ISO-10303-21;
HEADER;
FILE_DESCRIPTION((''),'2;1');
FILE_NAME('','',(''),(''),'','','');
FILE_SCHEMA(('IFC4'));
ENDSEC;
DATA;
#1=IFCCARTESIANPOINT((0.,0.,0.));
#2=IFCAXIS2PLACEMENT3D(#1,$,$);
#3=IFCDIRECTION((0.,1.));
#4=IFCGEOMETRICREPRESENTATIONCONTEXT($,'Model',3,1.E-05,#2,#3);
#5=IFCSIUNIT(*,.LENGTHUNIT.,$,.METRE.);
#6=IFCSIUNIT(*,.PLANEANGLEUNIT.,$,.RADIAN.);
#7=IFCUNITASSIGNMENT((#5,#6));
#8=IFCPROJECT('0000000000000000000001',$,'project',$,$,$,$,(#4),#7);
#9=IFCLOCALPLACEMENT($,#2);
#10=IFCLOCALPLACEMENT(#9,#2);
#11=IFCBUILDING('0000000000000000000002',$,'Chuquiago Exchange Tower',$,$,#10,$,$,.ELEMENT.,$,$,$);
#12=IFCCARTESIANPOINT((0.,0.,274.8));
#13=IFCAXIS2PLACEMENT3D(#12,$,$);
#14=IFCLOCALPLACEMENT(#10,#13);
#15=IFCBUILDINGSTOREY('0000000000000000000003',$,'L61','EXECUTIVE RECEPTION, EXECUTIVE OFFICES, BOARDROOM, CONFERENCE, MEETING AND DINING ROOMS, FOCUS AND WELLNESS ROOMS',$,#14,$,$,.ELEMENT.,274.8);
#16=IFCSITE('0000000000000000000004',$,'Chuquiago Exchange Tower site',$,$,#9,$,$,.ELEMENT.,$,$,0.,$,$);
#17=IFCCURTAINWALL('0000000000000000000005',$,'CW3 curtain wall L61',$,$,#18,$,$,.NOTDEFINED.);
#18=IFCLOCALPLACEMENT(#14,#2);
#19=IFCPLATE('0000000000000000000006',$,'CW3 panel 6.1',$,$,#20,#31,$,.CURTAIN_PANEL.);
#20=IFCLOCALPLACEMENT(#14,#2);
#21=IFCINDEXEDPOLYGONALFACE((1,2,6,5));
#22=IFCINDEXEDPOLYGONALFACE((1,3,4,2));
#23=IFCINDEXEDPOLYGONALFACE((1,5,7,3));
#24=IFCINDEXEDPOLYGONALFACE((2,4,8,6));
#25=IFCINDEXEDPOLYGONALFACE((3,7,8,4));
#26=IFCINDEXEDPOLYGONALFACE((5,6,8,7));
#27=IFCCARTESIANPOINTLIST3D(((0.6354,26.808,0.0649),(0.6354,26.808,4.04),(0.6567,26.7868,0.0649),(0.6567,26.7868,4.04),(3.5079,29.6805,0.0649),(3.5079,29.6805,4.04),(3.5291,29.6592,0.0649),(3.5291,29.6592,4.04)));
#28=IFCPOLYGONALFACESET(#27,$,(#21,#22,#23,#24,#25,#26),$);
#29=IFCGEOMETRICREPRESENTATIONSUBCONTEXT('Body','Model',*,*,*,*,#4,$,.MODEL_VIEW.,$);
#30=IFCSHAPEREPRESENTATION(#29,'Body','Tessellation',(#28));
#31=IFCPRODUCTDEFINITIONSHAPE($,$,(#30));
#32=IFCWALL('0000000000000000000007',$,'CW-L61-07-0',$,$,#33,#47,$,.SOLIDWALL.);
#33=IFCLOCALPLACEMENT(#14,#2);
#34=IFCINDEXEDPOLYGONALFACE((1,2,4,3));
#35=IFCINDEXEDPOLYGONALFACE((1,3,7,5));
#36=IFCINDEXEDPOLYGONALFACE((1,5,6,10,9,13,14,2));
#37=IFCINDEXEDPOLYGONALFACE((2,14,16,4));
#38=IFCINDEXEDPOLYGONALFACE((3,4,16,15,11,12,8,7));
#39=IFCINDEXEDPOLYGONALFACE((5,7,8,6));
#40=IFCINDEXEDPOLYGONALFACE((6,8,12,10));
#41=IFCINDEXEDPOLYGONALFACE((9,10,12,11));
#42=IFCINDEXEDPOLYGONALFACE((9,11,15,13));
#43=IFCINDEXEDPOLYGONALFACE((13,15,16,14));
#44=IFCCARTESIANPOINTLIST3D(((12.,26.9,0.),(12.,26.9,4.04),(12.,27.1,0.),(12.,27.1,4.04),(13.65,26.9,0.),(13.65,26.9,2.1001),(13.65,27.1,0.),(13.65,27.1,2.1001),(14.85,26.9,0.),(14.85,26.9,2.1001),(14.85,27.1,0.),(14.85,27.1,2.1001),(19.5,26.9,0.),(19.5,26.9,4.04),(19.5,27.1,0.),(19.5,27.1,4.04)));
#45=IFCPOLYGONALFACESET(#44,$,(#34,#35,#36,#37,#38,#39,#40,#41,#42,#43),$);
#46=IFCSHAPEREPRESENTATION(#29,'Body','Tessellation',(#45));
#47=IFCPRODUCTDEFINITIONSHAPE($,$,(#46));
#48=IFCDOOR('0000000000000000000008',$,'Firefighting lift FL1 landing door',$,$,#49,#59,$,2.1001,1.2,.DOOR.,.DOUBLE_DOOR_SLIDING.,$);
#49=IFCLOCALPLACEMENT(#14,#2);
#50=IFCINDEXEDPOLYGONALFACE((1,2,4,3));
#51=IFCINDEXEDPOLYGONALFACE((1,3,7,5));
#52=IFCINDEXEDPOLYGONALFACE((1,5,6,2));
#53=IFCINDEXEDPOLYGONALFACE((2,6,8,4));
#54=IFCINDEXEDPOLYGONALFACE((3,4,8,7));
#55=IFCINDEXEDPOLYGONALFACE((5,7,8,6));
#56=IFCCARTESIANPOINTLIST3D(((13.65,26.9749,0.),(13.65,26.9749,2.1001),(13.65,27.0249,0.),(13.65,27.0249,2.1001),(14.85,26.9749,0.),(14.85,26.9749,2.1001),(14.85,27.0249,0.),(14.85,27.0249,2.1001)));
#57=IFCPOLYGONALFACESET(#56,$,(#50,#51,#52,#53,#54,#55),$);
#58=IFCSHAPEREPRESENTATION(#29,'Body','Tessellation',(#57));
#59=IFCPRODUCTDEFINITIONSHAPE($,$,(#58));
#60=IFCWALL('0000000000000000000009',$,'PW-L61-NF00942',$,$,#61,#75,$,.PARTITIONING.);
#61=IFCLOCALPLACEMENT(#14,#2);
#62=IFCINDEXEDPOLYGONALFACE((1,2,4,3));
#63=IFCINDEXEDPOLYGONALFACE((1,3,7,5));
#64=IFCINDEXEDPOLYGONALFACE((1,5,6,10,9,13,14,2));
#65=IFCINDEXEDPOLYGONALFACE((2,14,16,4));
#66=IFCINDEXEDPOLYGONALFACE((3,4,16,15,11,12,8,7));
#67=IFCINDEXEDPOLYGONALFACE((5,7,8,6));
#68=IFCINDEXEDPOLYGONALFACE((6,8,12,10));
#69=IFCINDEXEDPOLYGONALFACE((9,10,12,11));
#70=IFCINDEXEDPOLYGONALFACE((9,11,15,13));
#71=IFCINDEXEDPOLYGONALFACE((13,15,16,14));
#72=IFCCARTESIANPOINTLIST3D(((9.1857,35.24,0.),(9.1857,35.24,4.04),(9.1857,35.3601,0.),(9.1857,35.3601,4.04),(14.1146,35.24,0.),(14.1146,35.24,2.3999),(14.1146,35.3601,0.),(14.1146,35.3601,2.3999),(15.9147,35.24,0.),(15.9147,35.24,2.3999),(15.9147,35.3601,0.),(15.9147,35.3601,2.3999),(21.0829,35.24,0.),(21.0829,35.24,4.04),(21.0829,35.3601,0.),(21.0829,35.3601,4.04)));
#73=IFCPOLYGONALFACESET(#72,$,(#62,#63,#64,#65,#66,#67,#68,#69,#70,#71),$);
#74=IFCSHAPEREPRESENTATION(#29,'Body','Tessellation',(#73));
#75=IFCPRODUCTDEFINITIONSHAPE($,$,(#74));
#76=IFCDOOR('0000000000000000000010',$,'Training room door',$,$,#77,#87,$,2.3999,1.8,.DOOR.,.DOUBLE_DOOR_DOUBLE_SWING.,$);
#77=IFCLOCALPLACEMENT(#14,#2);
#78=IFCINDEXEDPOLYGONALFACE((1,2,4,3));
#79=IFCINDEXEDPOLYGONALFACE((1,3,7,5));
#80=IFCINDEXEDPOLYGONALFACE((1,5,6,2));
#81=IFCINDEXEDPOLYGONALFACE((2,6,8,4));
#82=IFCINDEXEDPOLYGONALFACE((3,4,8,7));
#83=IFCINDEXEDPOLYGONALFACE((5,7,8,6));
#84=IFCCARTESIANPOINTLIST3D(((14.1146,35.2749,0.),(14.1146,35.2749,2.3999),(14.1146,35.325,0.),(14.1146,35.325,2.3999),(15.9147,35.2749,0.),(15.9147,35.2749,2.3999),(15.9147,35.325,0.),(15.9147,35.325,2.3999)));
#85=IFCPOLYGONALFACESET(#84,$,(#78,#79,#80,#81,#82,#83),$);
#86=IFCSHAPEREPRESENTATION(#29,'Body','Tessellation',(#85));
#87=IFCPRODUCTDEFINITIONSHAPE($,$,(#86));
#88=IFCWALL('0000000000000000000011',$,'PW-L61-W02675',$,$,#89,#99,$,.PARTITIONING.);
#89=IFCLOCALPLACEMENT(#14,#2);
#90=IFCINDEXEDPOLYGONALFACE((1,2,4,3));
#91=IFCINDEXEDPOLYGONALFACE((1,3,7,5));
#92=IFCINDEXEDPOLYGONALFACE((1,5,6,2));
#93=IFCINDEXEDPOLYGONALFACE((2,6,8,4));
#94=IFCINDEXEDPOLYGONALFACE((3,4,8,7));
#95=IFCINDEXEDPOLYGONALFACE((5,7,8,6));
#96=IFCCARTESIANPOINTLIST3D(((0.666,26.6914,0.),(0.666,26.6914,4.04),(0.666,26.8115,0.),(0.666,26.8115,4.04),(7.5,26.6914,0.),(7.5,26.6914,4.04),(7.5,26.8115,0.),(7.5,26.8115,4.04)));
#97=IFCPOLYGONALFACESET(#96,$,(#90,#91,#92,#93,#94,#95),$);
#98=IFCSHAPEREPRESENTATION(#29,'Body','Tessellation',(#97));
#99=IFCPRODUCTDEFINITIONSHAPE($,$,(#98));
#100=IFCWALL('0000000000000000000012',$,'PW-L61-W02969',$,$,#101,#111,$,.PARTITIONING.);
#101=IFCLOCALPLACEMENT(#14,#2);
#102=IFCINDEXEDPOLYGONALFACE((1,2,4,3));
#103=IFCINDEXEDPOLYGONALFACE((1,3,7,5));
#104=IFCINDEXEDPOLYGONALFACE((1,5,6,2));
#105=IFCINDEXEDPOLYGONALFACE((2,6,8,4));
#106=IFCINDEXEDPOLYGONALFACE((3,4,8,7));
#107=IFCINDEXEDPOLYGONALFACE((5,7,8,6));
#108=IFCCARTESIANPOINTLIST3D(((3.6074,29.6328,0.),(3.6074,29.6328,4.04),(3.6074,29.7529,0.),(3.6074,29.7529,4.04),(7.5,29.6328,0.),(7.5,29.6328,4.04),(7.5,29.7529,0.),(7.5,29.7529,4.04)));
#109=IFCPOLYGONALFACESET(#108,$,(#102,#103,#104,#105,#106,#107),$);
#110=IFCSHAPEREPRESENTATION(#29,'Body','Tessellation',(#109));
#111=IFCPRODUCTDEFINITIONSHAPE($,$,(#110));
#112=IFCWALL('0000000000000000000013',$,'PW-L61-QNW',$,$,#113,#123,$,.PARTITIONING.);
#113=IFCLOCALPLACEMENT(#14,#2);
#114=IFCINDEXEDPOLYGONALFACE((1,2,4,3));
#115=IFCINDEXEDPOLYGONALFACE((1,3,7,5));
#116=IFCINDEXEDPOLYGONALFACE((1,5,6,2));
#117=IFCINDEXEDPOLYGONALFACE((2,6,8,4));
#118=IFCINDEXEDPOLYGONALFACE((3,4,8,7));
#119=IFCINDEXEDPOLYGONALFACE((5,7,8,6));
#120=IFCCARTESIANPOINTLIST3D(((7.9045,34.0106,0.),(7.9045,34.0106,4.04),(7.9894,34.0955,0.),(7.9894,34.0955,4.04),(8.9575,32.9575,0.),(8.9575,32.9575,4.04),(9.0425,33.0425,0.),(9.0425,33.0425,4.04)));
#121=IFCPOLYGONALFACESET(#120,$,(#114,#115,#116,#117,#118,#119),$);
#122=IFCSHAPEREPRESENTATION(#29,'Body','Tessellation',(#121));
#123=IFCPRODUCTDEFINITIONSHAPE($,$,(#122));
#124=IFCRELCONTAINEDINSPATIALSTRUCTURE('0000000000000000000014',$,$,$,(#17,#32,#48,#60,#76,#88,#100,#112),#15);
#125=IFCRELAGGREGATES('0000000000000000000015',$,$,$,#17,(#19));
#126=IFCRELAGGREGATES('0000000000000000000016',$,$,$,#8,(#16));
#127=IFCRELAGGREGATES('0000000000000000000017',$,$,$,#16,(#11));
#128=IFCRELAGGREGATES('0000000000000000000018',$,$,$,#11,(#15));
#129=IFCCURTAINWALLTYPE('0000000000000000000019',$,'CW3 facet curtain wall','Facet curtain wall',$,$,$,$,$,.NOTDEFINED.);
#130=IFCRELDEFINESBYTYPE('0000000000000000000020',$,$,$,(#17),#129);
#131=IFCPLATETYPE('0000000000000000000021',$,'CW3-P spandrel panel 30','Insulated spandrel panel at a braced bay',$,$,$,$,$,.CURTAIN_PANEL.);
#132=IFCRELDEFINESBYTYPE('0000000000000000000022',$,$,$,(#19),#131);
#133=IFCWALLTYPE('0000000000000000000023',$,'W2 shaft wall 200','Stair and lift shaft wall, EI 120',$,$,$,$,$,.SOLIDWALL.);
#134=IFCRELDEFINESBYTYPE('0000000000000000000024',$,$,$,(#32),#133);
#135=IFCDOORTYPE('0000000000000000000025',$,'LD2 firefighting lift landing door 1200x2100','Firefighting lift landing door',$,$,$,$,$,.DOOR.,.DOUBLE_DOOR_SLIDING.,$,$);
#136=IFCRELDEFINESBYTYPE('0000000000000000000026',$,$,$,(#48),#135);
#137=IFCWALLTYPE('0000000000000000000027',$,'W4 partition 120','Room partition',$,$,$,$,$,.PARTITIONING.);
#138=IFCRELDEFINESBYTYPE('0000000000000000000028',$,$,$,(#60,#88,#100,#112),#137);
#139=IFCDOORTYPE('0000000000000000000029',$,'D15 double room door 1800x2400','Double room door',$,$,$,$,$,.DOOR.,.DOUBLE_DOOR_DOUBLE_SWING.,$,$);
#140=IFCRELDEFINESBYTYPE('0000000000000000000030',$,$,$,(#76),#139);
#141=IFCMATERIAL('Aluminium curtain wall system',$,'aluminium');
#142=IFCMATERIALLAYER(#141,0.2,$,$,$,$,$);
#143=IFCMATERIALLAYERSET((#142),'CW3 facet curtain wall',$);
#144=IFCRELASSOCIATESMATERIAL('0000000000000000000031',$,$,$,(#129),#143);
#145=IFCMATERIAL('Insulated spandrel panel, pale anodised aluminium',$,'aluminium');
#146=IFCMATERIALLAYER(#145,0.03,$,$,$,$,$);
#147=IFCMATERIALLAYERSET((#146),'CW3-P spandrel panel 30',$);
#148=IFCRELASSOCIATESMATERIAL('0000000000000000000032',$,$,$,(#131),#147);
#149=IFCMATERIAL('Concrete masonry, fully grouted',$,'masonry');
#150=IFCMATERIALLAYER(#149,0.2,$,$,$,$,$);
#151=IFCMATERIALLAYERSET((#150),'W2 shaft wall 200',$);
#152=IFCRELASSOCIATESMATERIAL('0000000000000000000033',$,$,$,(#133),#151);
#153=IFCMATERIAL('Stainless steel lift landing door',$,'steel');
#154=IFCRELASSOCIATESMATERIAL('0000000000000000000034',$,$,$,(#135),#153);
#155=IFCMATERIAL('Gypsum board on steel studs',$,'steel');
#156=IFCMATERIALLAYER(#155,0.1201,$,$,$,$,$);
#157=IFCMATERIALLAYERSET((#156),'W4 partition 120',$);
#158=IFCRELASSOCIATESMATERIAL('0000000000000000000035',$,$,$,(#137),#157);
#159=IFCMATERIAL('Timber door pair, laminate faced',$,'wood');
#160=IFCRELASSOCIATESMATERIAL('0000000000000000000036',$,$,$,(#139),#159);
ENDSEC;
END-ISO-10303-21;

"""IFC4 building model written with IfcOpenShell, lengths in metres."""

from ifc_helpers import new_model, si_unit, direction, frame, frame_2d, origin, origin_2d, place, context, subcontext, project, spatial, rectangle, extrude, material, layer, layer_set, type_object, element, fill, aggregate, save


model = new_model("IFC4")

# Units and contexts
model_context = context("Model", 3, precision=1e-05, world=origin(), true_north=direction((0.0, 1.0)))
body_context = subcontext(model_context, "Body", "Model", "MODEL_VIEW")
ifc_project = project(units=[si_unit("LENGTHUNIT", "METRE"), si_unit("PLANEANGLEUNIT", "RADIAN")], contexts=[model_context])

# Site, building, storey
site_placement = place(None, origin())
site = spatial("IfcSite", under=ifc_project, at=site_placement, Name="Chuquiago Exchange Tower site", CompositionType="ELEMENT", RefElevation=0.0)
building_placement = place(site_placement, origin())
building = spatial("IfcBuilding", under=site, at=building_placement, Name="Chuquiago Exchange Tower", CompositionType="ELEMENT")
storey_placement = place(building_placement, frame((0.0, 0.0, 274.8)))
storey = spatial("IfcBuildingStorey", under=building, at=storey_placement, Name="L61", Description="EXECUTIVE RECEPTION, EXECUTIVE OFFICES, BOARDROOM, CONFERENCE, MEETING AND DINING ROOMS, FOCUS AND WELLNESS ROOMS", CompositionType="ELEMENT", Elevation=274.8)

# Curtain wall
ifc_material_1 = material(Name="Aluminium curtain wall system", Category="aluminium")
ifc_layer_1 = layer(ifc_material_1, 0.2)
ifc_layer_set_1 = layer_set([ifc_layer_1], Name="CW3 facet curtain wall")
curtain_wall_type = type_object("IfcCurtainWallType", Name="CW3 facet curtain wall", Description="Facet curtain wall", PredefinedType="NOTDEFINED", material=ifc_layer_set_1)
curtain_wall_placement = place(storey_placement, origin())
curtain_wall = element("IfcCurtainWall", 1, at=curtain_wall_placement, inside=storey, type_object=curtain_wall_type, Name="CW3 curtain wall L61", PredefinedType="NOTDEFINED")

# Plate
ifc_material_2 = material(Name="Insulated spandrel panel, pale anodised aluminium", Category="aluminium")
ifc_layer_2 = layer(ifc_material_2, 0.03)
ifc_layer_set_2 = layer_set([ifc_layer_2], Name="CW3-P spandrel panel 30")
plate_type = type_object("IfcPlateType", Name="CW3-P spandrel panel 30", Description="Insulated spandrel panel at a braced bay", PredefinedType="CURTAIN_PANEL", material=ifc_layer_set_2)
plate_1_placement = place(storey_placement, frame((2.0823, 28.2336, 0.0649), z_axis=(0.0, 0.0, 1.0), x_axis=(-0.707107, -0.707107, 0.0)))
plate_1 = element("IfcPlate", 2, at=plate_1_placement, type_object=plate_type, Name="CW3 panel 6.1", PredefinedType="CURTAIN_PANEL", context=body_context, shape_type="SweptSolid", body=[
    extrude(rectangle(XDim=4.0623, YDim=0.03, at=origin_2d()), origin(), (0.0, 0.0, 1.0), 3.9751),
])
aggregate(curtain_wall, [plate_1])

# Walls, openings, doors
ifc_material_3 = material(Name="Concrete masonry, fully grouted", Category="masonry")
ifc_layer_3 = layer(ifc_material_3, 0.2)
ifc_layer_set_3 = layer_set([ifc_layer_3], Name="W2 shaft wall 200")
wall_type_1 = type_object("IfcWallType", Name="W2 shaft wall 200", Description="Stair and lift shaft wall, EI 120", PredefinedType="SOLIDWALL", material=ifc_layer_set_3)
wall_1_placement = place(storey_placement, frame((12.0, 27.0, 0.0), z_axis=(0.0, 0.0, 1.0), x_axis=(1.0, 0.0, 0.0)))
wall_1 = element("IfcWall", 3, at=wall_1_placement, inside=storey, type_object=wall_type_1, Name="CW-L61-07-0", PredefinedType="SOLIDWALL", context=body_context, shape_type="SweptSolid", body=[
    extrude(rectangle(XDim=7.5, YDim=0.2, at=frame_2d((3.75, 0.0))), origin(), (0.0, 0.0, 1.0), 4.04),
])
opening_1_placement = place(wall_1_placement, frame((1.6499, 0.0, 0.0)))
opening_1 = element("IfcOpeningElement", 4, at=opening_1_placement, cuts=wall_1, PredefinedType="OPENING", context=body_context, shape_type="SweptSolid", body=[
    extrude(rectangle(XDim=1.2, YDim=2.1001, at=frame_2d((0.6001, 1.05))), frame((0.0, 0.1099, 0.0), z_axis=(0.0, -1.0, 0.0), x_axis=(1.0, 0.0, 0.0)), (0.0, 0.0, 1.0), 0.22),
])
ifc_material_4 = material(Name="Stainless steel lift landing door", Category="steel")
door_type_1 = type_object("IfcDoorType", Name="LD2 firefighting lift landing door 1200x2100", Description="Firefighting lift landing door", OperationType="DOUBLE_DOOR_SLIDING", PredefinedType="DOOR", material=ifc_material_4)
door_1_placement = place(opening_1_placement, origin())
door_1 = element("IfcDoor", 5, at=door_1_placement, inside=storey, type_object=door_type_1, Name="Firefighting lift FL1 landing door", OperationType="DOUBLE_DOOR_SLIDING", OverallHeight=2.1001, OverallWidth=1.2, PredefinedType="DOOR", context=body_context, shape_type="SweptSolid", body=[
    extrude(rectangle(XDim=1.2, YDim=2.1001, at=frame_2d((0.6001, 1.05))), frame((0.0, 0.0249, 0.0), z_axis=(0.0, -1.0, 0.0), x_axis=(1.0, 0.0, 0.0)), (0.0, 0.0, 1.0), 0.05),
])
fill(opening_1, door_1)
ifc_material_5 = material(Name="Gypsum board on steel studs", Category="steel")
ifc_layer_4 = layer(ifc_material_5, 0.1201)
ifc_layer_set_4 = layer_set([ifc_layer_4], Name="W4 partition 120")
wall_type_2 = type_object("IfcWallType", Name="W4 partition 120", Description="Room partition", PredefinedType="PARTITIONING", material=ifc_layer_set_4)
wall_2_placement = place(storey_placement, frame((9.1855, 35.3, 0.0), z_axis=(0.0, 0.0, 1.0), x_axis=(1.0, 0.0, 0.0)))
wall_2 = element("IfcWall", 6, at=wall_2_placement, inside=storey, type_object=wall_type_2, Name="PW-L61-NF00942", PredefinedType="PARTITIONING", context=body_context, shape_type="SweptSolid", body=[
    extrude(rectangle(XDim=11.8972, YDim=0.1201, at=frame_2d((5.9487, 0.0))), origin(), (0.0, 0.0, 1.0), 4.04),
])
opening_2_placement = place(wall_2_placement, frame((4.9292, 0.0, 0.0)))
opening_2 = element("IfcOpeningElement", 7, at=opening_2_placement, cuts=wall_2, PredefinedType="OPENING", context=body_context, shape_type="SweptSolid", body=[
    extrude(rectangle(XDim=1.8, YDim=2.3999, at=frame_2d((0.8999, 1.2))), frame((0.0, 0.0701, 0.0), z_axis=(0.0, -1.0, 0.0), x_axis=(1.0, 0.0, 0.0)), (0.0, 0.0, 1.0), 0.1401),
])
ifc_material_6 = material(Name="Timber door pair, laminate faced", Category="wood")
door_type_2 = type_object("IfcDoorType", Name="D15 double room door 1800x2400", Description="Double room door", OperationType="DOUBLE_DOOR_DOUBLE_SWING", PredefinedType="DOOR", material=ifc_material_6)
door_2_placement = place(opening_2_placement, origin())
door_2 = element("IfcDoor", 8, at=door_2_placement, inside=storey, type_object=door_type_2, Name="Training room door", OperationType="DOUBLE_DOOR_DOUBLE_SWING", OverallHeight=2.3999, OverallWidth=1.8, PredefinedType="DOOR", context=body_context, shape_type="SweptSolid", body=[
    extrude(rectangle(XDim=1.8, YDim=2.3999, at=frame_2d((0.8999, 1.2))), frame((0.0, 0.0249, 0.0), z_axis=(0.0, -1.0, 0.0), x_axis=(1.0, 0.0, 0.0)), (0.0, 0.0, 1.0), 0.05),
])
fill(opening_2, door_2)

# Walls
wall_3_placement = place(storey_placement, frame((0.666, 26.7515, 0.0), z_axis=(0.0, 0.0, 1.0), x_axis=(1.0, 0.0, 0.0)))
element("IfcWall", 9, at=wall_3_placement, inside=storey, type_object=wall_type_2, Name="PW-L61-W02675", PredefinedType="PARTITIONING", context=body_context, shape_type="SweptSolid", body=[
    extrude(rectangle(XDim=6.834, YDim=0.1201, at=frame_2d((3.417, 0.0))), origin(), (0.0, 0.0, 1.0), 4.04),
])
wall_4_placement = place(storey_placement, frame((3.6074, 29.6929, 0.0), z_axis=(0.0, 0.0, 1.0), x_axis=(1.0, 0.0, 0.0)))
element("IfcWall", 10, at=wall_4_placement, inside=storey, type_object=wall_type_2, Name="PW-L61-W02969", PredefinedType="PARTITIONING", context=body_context, shape_type="SweptSolid", body=[
    extrude(rectangle(XDim=3.8926, YDim=0.1201, at=frame_2d((1.9463, 0.0))), origin(), (0.0, 0.0, 1.0), 4.04),
])

# Wall
wall_5_placement = place(storey_placement, frame((9.0, 33.0, 0.0), z_axis=(0.0, 0.0, 1.0), x_axis=(-0.707107, 0.707107, 0.0)))
element("IfcWall", 11, at=wall_5_placement, inside=storey, type_object=wall_type_2, Name="PW-L61-QNW", PredefinedType="PARTITIONING", context=body_context, shape_type="SweptSolid", body=[
    extrude(rectangle(XDim=1.4893, YDim=0.1201, at=frame_2d((0.7446, 0.0))), origin(), (0.0, 0.0, 1.0), 4.04),
])

save(model, "model.ifc")
